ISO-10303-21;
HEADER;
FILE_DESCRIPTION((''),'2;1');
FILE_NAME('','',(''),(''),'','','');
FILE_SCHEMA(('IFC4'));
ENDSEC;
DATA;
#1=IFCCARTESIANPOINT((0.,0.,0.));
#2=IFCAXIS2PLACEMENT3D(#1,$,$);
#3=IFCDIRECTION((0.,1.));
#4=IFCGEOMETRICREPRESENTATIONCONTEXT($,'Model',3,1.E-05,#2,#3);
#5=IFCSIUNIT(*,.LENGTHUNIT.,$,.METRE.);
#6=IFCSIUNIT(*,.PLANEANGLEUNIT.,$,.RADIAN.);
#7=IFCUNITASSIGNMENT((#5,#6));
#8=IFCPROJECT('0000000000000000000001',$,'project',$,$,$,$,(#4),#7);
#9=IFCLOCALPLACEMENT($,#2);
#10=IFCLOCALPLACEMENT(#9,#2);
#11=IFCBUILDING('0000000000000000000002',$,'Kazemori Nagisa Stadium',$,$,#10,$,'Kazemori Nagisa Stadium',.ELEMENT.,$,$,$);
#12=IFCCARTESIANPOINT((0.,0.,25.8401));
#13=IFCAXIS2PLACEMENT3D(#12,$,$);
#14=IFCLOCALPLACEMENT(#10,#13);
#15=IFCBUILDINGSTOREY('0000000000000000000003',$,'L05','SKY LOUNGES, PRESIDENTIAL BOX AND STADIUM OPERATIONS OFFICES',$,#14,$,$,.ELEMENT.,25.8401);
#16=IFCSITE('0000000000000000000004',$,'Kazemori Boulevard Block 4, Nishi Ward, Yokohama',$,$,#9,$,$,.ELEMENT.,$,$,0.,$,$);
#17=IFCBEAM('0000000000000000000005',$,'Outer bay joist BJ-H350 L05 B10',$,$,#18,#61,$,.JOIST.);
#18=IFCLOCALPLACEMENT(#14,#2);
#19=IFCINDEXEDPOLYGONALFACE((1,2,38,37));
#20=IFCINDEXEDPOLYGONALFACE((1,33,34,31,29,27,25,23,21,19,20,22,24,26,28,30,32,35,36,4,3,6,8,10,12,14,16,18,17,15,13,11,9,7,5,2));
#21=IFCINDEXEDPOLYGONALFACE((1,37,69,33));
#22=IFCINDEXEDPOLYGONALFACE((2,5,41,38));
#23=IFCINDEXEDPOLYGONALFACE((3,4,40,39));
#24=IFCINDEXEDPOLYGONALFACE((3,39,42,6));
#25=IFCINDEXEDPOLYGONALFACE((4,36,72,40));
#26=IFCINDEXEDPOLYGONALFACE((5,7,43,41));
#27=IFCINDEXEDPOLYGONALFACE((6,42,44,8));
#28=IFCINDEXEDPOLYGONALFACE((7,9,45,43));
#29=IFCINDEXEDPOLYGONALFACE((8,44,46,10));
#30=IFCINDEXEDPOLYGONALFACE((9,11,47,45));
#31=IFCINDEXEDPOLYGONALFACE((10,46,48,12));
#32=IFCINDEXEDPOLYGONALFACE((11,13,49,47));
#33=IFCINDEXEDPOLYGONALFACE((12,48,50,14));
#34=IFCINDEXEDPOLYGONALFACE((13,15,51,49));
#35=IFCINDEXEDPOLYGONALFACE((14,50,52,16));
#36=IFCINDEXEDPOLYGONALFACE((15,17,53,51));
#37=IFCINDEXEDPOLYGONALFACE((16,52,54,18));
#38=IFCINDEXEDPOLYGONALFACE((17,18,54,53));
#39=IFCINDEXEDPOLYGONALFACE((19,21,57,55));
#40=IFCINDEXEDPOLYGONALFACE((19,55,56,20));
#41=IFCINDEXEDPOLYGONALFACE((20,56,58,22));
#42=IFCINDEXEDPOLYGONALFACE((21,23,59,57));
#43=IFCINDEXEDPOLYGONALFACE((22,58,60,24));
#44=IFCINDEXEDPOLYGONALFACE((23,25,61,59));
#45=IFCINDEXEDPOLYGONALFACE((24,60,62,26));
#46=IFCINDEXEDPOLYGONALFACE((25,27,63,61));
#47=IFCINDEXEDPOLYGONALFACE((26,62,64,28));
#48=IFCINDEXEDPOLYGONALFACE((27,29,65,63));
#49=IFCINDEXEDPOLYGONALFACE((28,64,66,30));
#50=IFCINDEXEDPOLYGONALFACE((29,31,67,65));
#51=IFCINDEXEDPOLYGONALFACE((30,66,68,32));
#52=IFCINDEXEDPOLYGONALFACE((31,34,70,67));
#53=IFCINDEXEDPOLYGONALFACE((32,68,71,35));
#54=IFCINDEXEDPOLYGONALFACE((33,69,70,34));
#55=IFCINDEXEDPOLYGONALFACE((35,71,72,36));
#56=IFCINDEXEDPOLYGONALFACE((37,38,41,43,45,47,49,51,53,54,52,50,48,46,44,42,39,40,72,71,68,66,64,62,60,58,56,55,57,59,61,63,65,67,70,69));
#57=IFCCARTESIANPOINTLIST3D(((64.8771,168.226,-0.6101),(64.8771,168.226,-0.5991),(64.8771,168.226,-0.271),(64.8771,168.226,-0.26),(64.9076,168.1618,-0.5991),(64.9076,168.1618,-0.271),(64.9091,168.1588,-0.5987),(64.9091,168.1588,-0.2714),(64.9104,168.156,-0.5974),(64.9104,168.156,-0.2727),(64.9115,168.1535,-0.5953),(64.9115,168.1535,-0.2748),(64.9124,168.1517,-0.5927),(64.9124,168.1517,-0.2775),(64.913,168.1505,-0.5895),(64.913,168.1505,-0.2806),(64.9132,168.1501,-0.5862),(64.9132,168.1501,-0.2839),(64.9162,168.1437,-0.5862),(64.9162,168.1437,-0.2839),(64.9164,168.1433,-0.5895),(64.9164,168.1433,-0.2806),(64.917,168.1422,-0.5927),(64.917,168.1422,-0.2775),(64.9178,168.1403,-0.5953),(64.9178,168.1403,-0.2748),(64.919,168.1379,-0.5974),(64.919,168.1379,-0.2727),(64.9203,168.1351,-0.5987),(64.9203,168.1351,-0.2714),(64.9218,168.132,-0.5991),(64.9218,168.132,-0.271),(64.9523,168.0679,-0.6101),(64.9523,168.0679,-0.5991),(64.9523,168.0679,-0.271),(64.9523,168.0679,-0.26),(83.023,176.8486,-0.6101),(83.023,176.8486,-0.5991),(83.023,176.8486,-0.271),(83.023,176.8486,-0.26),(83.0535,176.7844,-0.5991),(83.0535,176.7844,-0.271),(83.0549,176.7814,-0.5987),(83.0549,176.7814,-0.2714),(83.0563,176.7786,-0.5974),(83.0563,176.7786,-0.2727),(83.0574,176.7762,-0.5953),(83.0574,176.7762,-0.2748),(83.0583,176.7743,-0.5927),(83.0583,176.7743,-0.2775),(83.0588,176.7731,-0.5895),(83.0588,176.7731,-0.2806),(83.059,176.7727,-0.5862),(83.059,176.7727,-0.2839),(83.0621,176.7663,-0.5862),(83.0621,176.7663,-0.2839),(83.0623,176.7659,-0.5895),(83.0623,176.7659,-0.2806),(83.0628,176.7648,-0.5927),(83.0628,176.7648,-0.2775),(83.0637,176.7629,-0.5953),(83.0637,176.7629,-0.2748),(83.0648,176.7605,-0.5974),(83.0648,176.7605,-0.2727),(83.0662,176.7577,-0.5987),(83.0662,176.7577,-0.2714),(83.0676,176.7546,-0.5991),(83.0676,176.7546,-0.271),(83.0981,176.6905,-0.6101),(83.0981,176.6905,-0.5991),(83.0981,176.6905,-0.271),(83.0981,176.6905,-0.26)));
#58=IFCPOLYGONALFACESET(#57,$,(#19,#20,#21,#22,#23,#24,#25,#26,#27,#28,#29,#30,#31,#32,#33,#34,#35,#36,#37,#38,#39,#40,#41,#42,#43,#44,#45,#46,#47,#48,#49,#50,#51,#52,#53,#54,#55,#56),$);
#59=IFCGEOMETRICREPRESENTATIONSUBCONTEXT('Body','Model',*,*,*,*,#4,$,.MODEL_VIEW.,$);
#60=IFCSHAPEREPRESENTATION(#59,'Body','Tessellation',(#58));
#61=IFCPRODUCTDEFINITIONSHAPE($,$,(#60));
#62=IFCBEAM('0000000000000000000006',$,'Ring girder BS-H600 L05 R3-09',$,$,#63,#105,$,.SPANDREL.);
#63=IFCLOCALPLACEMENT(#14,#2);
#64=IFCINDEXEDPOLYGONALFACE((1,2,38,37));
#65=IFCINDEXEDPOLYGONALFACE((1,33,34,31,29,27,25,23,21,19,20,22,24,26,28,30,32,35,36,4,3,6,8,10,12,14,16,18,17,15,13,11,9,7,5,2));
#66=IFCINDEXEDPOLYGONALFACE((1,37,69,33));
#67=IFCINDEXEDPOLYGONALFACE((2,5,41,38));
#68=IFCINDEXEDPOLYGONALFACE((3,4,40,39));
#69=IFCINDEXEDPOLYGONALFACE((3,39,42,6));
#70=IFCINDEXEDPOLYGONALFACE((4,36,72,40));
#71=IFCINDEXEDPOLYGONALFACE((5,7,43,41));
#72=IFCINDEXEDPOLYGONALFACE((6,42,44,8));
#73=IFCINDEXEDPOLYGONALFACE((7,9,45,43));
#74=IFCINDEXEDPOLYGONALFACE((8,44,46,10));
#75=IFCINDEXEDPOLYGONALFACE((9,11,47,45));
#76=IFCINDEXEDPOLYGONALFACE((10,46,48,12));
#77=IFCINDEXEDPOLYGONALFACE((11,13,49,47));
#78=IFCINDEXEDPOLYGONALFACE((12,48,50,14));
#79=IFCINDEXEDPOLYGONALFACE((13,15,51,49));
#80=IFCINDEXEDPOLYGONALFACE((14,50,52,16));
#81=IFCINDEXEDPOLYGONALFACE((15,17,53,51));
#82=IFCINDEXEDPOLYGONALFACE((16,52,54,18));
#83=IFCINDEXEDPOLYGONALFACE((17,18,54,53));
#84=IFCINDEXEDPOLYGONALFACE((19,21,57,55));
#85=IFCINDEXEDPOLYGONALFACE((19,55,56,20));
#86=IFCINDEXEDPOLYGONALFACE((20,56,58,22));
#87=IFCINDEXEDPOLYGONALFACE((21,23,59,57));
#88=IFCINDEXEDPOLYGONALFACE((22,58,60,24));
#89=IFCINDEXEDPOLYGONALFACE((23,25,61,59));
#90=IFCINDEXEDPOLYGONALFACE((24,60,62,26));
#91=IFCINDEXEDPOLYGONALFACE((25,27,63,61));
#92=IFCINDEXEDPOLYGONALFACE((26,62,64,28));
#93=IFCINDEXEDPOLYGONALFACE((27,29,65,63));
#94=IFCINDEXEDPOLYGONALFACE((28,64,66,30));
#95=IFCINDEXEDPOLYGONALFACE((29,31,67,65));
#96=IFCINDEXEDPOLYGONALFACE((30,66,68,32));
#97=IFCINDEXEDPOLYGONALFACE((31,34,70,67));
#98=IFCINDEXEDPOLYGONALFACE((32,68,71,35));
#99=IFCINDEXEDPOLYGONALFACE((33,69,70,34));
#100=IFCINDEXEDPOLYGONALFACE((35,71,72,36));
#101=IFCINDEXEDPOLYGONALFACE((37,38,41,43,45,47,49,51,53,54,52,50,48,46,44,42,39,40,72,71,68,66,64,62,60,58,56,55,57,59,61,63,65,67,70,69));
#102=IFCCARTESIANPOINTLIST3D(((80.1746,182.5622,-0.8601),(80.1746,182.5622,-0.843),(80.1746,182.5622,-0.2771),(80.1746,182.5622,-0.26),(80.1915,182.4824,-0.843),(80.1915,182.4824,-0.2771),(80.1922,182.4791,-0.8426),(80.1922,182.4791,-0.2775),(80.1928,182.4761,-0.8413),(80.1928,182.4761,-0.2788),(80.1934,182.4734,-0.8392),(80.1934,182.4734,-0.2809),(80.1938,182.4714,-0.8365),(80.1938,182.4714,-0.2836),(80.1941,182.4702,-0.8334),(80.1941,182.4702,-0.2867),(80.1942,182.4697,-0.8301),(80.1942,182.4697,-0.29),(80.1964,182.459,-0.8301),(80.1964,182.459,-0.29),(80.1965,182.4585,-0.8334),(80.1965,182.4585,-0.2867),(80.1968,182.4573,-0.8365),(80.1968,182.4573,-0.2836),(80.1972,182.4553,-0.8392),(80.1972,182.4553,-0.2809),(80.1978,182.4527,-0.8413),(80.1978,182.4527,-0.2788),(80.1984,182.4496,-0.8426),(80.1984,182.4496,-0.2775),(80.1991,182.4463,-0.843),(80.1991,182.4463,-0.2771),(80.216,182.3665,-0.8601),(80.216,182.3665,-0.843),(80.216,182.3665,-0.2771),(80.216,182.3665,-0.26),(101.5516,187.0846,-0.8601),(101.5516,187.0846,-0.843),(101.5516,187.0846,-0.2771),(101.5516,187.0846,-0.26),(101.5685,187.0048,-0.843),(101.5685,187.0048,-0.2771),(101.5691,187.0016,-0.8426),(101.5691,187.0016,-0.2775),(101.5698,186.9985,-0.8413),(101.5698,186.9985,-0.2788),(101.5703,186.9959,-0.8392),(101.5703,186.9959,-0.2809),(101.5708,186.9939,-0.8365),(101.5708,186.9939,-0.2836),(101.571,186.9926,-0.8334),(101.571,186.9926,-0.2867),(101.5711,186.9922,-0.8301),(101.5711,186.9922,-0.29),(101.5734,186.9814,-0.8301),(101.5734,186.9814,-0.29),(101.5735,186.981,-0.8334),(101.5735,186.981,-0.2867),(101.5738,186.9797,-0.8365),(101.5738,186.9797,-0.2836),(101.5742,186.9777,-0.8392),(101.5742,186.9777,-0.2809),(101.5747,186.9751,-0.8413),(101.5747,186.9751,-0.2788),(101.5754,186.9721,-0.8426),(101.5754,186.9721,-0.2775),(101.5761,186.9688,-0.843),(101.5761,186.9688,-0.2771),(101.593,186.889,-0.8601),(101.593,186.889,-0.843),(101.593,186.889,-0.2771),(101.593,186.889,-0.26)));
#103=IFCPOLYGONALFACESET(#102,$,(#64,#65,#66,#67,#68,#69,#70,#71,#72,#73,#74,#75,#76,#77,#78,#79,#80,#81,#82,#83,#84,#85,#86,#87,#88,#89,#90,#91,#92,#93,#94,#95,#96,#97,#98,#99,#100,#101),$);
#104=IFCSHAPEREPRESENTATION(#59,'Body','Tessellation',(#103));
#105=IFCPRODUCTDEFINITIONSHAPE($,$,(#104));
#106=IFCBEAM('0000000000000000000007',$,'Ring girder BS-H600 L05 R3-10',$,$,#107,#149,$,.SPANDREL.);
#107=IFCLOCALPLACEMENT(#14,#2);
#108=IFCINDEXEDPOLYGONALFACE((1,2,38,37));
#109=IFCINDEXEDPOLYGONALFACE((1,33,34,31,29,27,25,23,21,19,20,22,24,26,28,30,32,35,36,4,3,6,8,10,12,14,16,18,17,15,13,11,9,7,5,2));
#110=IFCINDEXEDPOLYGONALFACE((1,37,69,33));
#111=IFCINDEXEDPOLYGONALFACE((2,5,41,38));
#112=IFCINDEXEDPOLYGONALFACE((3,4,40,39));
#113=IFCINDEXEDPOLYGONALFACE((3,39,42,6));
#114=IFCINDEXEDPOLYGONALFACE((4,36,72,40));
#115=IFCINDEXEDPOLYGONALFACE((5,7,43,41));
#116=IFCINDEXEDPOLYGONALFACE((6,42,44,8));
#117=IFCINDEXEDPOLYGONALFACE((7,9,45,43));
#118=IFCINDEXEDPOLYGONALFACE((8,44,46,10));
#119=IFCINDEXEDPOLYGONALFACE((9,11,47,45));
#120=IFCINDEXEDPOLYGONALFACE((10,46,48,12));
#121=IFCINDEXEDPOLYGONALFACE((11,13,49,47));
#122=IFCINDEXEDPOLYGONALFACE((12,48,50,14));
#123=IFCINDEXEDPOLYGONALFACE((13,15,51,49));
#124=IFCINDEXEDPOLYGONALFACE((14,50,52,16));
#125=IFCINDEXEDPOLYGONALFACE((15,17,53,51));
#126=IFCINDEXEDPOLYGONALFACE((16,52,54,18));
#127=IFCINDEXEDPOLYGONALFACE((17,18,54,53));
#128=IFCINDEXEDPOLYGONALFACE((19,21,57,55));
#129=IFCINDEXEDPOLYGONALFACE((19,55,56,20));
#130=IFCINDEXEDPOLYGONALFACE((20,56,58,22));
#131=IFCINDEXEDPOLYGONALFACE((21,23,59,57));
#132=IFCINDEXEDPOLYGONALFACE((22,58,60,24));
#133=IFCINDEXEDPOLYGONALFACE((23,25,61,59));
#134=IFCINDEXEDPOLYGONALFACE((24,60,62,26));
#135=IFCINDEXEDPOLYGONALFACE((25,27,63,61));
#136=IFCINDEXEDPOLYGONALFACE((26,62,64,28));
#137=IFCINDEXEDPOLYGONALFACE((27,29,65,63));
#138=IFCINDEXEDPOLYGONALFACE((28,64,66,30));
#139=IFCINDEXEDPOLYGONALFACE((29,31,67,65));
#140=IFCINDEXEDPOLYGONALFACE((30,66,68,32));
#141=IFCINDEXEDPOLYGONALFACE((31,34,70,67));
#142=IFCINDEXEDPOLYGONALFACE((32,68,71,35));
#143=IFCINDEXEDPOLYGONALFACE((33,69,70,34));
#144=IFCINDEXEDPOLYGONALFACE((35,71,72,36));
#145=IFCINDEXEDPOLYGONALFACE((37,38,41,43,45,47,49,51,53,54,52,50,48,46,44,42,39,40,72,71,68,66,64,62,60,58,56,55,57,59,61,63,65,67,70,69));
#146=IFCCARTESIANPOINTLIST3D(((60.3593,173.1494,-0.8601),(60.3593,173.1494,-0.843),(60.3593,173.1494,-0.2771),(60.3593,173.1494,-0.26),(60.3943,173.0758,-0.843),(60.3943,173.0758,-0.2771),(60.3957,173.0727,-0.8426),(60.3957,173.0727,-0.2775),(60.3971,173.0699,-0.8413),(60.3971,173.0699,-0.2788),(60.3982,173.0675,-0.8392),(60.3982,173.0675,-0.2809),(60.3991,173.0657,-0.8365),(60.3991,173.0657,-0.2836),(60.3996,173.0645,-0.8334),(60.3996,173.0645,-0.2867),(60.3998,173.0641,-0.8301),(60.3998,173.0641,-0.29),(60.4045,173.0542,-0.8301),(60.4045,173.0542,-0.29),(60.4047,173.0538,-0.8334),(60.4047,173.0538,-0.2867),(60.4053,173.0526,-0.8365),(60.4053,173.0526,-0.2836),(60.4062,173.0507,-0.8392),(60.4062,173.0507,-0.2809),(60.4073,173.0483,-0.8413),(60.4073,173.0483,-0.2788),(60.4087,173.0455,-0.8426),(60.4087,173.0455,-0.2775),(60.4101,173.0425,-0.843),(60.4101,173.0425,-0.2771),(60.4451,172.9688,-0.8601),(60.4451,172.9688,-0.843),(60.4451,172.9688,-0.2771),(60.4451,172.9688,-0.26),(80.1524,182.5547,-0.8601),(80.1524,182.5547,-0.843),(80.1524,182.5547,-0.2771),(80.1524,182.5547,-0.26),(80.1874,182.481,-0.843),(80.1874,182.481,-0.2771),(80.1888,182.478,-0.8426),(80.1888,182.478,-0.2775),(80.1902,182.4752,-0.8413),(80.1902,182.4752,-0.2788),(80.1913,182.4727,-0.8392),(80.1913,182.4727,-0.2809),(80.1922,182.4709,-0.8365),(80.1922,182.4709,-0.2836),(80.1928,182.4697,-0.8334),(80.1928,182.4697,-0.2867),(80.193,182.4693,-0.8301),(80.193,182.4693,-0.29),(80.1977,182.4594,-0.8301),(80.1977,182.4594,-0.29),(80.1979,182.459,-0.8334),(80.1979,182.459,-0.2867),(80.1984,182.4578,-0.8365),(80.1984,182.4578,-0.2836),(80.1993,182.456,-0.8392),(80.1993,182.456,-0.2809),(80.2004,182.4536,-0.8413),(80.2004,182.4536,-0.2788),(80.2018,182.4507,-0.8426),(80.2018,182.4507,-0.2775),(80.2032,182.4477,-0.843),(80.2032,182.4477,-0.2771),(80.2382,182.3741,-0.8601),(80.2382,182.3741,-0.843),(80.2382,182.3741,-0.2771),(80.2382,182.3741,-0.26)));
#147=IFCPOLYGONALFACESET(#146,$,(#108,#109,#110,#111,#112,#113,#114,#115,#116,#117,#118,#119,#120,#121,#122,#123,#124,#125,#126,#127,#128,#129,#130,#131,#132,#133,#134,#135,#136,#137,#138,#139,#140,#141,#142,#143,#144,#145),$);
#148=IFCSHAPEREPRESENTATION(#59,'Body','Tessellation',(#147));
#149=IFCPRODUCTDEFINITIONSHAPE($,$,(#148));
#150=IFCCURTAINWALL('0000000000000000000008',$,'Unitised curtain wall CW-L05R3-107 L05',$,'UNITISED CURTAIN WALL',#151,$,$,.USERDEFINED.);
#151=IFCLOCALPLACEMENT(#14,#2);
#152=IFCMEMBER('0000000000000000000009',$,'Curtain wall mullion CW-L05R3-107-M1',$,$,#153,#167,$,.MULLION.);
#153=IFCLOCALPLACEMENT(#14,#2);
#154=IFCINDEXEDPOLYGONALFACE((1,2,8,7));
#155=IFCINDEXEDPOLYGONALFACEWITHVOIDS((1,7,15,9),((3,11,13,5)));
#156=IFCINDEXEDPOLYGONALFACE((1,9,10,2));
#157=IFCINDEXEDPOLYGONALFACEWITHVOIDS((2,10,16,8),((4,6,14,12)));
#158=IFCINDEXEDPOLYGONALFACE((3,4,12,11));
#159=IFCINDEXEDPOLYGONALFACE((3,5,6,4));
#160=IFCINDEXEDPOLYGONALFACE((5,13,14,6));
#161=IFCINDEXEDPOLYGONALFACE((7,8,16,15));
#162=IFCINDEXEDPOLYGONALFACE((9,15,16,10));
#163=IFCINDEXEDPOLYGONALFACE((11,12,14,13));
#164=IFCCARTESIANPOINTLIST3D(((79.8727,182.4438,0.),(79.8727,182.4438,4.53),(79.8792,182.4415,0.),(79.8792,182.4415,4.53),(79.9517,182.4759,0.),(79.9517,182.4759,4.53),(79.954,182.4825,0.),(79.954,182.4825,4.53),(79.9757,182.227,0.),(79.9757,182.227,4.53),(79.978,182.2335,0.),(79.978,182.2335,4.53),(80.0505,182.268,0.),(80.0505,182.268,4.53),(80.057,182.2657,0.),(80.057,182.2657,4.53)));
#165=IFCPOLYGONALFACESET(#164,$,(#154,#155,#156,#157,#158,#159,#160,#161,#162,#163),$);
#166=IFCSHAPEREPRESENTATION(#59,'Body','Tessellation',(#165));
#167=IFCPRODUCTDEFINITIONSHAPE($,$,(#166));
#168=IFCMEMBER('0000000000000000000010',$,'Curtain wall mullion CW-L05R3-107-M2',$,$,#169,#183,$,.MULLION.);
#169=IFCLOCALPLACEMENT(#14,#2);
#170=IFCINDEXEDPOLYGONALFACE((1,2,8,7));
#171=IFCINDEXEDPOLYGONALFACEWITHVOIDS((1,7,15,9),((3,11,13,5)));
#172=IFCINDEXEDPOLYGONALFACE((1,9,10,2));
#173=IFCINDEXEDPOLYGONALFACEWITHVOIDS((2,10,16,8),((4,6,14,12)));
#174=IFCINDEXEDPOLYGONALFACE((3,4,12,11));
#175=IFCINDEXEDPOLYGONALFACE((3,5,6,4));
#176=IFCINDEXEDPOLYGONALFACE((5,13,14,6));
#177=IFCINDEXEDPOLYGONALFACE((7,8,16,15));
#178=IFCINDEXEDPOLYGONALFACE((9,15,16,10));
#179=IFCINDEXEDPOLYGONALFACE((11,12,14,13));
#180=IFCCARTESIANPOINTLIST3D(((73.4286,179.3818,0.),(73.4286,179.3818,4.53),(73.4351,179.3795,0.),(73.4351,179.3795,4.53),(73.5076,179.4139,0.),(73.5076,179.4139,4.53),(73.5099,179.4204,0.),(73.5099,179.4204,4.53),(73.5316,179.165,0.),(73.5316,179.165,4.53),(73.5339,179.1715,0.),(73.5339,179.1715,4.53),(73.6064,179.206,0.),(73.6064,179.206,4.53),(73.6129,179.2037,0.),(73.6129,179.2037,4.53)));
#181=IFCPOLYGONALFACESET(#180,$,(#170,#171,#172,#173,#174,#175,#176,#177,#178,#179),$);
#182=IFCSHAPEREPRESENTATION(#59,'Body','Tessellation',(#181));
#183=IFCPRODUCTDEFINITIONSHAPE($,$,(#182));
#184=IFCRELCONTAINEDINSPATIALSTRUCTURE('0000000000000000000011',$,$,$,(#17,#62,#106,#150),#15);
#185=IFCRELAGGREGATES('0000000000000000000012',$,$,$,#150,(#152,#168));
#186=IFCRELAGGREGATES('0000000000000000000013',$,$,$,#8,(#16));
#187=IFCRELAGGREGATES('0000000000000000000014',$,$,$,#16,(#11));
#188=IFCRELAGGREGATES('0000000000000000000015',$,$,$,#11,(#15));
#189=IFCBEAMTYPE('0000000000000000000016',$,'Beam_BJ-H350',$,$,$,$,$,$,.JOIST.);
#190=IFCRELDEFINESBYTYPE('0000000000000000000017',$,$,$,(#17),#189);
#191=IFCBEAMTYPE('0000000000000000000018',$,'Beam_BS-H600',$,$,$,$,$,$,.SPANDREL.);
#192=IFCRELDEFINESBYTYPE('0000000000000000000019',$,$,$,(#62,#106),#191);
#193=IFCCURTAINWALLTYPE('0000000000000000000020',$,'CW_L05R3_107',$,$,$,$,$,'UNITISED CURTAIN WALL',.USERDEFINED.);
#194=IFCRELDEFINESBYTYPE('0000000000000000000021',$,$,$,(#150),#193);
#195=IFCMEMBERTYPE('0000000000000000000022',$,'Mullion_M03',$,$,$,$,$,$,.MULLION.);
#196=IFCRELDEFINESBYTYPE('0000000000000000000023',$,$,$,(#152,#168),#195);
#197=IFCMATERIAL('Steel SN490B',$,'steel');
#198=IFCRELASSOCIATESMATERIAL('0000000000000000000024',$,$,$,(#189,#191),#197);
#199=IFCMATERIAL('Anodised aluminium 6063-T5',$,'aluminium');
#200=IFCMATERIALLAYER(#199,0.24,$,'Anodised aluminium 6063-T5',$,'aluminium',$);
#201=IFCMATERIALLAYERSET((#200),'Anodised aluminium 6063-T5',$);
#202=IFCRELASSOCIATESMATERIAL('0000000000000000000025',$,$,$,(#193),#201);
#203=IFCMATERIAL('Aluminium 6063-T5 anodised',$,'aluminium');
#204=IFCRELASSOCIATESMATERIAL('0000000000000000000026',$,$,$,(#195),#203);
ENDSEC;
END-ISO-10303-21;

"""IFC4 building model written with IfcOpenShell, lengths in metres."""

from ifc_helpers import new_model, si_unit, direction, frame, origin, origin_2d, place, context, subcontext, project, spatial, hollow_rectangle, i_section, extrude, material, layer, layer_set, material_profile, profile_set, type_object, element, aggregate, save


model = new_model("IFC4")

# Units and contexts
model_context = context("Model", 3, precision=1e-05, world=origin(), true_north=direction((0.0, 1.0)))
body_context = subcontext(model_context, "Body", "Model", "MODEL_VIEW")
ifc_project = project(units=[si_unit("LENGTHUNIT", "METRE"), si_unit("PLANEANGLEUNIT", "RADIAN")], contexts=[model_context])

# Site, building, storey
site_placement = place(None, origin())
site = spatial("IfcSite", under=ifc_project, at=site_placement, Name="Kazemori Boulevard Block 4, Nishi Ward, Yokohama", CompositionType="ELEMENT", RefElevation=0.0)
building_placement = place(site_placement, origin())
building = spatial("IfcBuilding", under=site, at=building_placement, Name="Kazemori Nagisa Stadium", LongName="Kazemori Nagisa Stadium", CompositionType="ELEMENT")
storey_placement = place(building_placement, frame((0.0, 0.0, 25.8401)))
storey = spatial("IfcBuildingStorey", under=building, at=storey_placement, Name="L05", Description="SKY LOUNGES, PRESIDENTIAL BOX AND STADIUM OPERATIONS OFFICES", CompositionType="ELEMENT", Elevation=25.8401)

# Beams
ifc_material_1 = material(Name="Steel SN490B", Category="steel")
ifc_material_profile_1 = material_profile(ifc_material_1, i_section(OverallWidth=0.175, OverallDepth=0.3501, WebThickness=0.0071, FlangeThickness=0.011, FilletRadius=0.0129, at=origin_2d()), Name="H-350x175x7x11")
ifc_profile_set_1 = profile_set([ifc_material_profile_1], Name="Steel SN490B")
beam_type_1 = type_object("IfcBeamType", Name="Beam_BJ-H350", PredefinedType="JOIST", material=ifc_profile_set_1)
beam_1_placement = place(storey_placement, frame((83.0605, 176.7695, -0.4351), z_axis=(-0.903213, -0.429192, 0.0), x_axis=(0.429192, -0.903213, 0.0)))
element("IfcBeam", 1, at=beam_1_placement, inside=storey, type_object=beam_type_1, Name="Outer bay joist BJ-H350 L05 B10", PredefinedType="JOIST", context=body_context, shape_type="SweptSolid", body=[
    extrude(i_section(OverallWidth=0.175, OverallDepth=0.3501, WebThickness=0.0071, FlangeThickness=0.011, FilletRadius=0.0129, at=origin_2d()), origin(), (0.0, 0.0, 1.0), 20.0903),
])
ifc_material_profile_2 = material_profile(ifc_material_1, i_section(OverallWidth=0.2, OverallDepth=0.6001, WebThickness=0.011, FlangeThickness=0.0171, FilletRadius=0.0129, at=origin_2d()), Name="H-600x200x11x17")
ifc_profile_set_2 = profile_set([ifc_material_profile_2], Name="Steel SN490B")
beam_type_2 = type_object("IfcBeamType", Name="Beam_BS-H600", PredefinedType="SPANDREL", material=ifc_profile_set_2)
beam_2_placement = place(storey_placement, frame((101.5723, 186.9868, -0.5601), z_axis=(-0.978346, -0.206977, 0.0), x_axis=(0.206977, -0.978346, 0.0)))
element("IfcBeam", 2, at=beam_2_placement, inside=storey, type_object=beam_type_2, Name="Ring girder BS-H600 L05 R3-09", PredefinedType="SPANDREL", context=body_context, shape_type="SweptSolid", body=[
    extrude(i_section(OverallWidth=0.2, OverallDepth=0.6001, WebThickness=0.011, FlangeThickness=0.0171, FilletRadius=0.0129, at=origin_2d()), origin(), (0.0, 0.0, 1.0), 21.8501),
])
beam_3_placement = place(storey_placement, frame((80.1953, 182.4644, -0.5601), z_axis=(-0.903216, -0.429187, 0.0), x_axis=(0.429187, -0.903216, 0.0)))
element("IfcBeam", 3, at=beam_3_placement, inside=storey, type_object=beam_type_2, Name="Ring girder BS-H600 L05 R3-10", PredefinedType="SPANDREL", context=body_context, shape_type="SweptSolid", body=[
    extrude(i_section(OverallWidth=0.2, OverallDepth=0.6001, WebThickness=0.011, FlangeThickness=0.0171, FilletRadius=0.0129, at=origin_2d()), origin(), (0.0, 0.0, 1.0), 21.9141),
])

# Curtain wall, members
ifc_material_2 = material(Name="Anodised aluminium 6063-T5", Category="aluminium")
ifc_layer_1 = layer(ifc_material_2, 0.24, Name="Anodised aluminium 6063-T5", Category="aluminium")
ifc_layer_set_1 = layer_set([ifc_layer_1], Name="Anodised aluminium 6063-T5")
curtain_wall_type = type_object("IfcCurtainWallType", Name="CW_L05R3_107", ElementType="UNITISED CURTAIN WALL", PredefinedType="USERDEFINED", material=ifc_layer_set_1)
curtain_wall_placement = place(storey_placement, origin())
curtain_wall = element("IfcCurtainWall", 4, at=curtain_wall_placement, inside=storey, type_object=curtain_wall_type, Name="Unitised curtain wall CW-L05R3-107 L05", ObjectType="UNITISED CURTAIN WALL", PredefinedType="USERDEFINED")
ifc_material_3 = material(Name="Aluminium 6063-T5 anodised", Category="aluminium")
ifc_material_profile_3 = material_profile(ifc_material_3, hollow_rectangle(XDim=0.0901, YDim=0.24, WallThickness=0.0049, at=origin_2d()), Name="ALU-MULL-90x240x5")
ifc_profile_set_3 = profile_set([ifc_material_profile_3], Name="Aluminium 6063-T5 anodised")
member_type_1 = type_object("IfcMemberType", Name="Mullion_M03", PredefinedType="MULLION", material=ifc_profile_set_3)
member_1_placement = place(storey_placement, frame((79.9648, 182.3547, 0.0), z_axis=(0.0, 0.0, 1.0), x_axis=(-0.903216, -0.429186, 0.0)))
member_1 = element("IfcMember", 5, at=member_1_placement, type_object=member_type_1, Name="Curtain wall mullion CW-L05R3-107-M1", PredefinedType="MULLION", context=body_context, shape_type="SweptSolid", body=[
    extrude(hollow_rectangle(XDim=0.0901, YDim=0.24, WallThickness=0.0049, at=origin_2d()), origin(), (0.0, 0.0, 1.0), 4.53),
])
member_2_placement = place(storey_placement, frame((73.5208, 179.2927, 0.0), z_axis=(0.0, 0.0, 1.0), x_axis=(-0.903216, -0.429186, 0.0)))
member_2 = element("IfcMember", 6, at=member_2_placement, type_object=member_type_1, Name="Curtain wall mullion CW-L05R3-107-M2", PredefinedType="MULLION", context=body_context, shape_type="SweptSolid", body=[
    extrude(hollow_rectangle(XDim=0.0901, YDim=0.24, WallThickness=0.0049, at=origin_2d()), origin(), (0.0, 0.0, 1.0), 4.53),
])
aggregate(curtain_wall, [member_1, member_2])

save(model, "model.ifc")
